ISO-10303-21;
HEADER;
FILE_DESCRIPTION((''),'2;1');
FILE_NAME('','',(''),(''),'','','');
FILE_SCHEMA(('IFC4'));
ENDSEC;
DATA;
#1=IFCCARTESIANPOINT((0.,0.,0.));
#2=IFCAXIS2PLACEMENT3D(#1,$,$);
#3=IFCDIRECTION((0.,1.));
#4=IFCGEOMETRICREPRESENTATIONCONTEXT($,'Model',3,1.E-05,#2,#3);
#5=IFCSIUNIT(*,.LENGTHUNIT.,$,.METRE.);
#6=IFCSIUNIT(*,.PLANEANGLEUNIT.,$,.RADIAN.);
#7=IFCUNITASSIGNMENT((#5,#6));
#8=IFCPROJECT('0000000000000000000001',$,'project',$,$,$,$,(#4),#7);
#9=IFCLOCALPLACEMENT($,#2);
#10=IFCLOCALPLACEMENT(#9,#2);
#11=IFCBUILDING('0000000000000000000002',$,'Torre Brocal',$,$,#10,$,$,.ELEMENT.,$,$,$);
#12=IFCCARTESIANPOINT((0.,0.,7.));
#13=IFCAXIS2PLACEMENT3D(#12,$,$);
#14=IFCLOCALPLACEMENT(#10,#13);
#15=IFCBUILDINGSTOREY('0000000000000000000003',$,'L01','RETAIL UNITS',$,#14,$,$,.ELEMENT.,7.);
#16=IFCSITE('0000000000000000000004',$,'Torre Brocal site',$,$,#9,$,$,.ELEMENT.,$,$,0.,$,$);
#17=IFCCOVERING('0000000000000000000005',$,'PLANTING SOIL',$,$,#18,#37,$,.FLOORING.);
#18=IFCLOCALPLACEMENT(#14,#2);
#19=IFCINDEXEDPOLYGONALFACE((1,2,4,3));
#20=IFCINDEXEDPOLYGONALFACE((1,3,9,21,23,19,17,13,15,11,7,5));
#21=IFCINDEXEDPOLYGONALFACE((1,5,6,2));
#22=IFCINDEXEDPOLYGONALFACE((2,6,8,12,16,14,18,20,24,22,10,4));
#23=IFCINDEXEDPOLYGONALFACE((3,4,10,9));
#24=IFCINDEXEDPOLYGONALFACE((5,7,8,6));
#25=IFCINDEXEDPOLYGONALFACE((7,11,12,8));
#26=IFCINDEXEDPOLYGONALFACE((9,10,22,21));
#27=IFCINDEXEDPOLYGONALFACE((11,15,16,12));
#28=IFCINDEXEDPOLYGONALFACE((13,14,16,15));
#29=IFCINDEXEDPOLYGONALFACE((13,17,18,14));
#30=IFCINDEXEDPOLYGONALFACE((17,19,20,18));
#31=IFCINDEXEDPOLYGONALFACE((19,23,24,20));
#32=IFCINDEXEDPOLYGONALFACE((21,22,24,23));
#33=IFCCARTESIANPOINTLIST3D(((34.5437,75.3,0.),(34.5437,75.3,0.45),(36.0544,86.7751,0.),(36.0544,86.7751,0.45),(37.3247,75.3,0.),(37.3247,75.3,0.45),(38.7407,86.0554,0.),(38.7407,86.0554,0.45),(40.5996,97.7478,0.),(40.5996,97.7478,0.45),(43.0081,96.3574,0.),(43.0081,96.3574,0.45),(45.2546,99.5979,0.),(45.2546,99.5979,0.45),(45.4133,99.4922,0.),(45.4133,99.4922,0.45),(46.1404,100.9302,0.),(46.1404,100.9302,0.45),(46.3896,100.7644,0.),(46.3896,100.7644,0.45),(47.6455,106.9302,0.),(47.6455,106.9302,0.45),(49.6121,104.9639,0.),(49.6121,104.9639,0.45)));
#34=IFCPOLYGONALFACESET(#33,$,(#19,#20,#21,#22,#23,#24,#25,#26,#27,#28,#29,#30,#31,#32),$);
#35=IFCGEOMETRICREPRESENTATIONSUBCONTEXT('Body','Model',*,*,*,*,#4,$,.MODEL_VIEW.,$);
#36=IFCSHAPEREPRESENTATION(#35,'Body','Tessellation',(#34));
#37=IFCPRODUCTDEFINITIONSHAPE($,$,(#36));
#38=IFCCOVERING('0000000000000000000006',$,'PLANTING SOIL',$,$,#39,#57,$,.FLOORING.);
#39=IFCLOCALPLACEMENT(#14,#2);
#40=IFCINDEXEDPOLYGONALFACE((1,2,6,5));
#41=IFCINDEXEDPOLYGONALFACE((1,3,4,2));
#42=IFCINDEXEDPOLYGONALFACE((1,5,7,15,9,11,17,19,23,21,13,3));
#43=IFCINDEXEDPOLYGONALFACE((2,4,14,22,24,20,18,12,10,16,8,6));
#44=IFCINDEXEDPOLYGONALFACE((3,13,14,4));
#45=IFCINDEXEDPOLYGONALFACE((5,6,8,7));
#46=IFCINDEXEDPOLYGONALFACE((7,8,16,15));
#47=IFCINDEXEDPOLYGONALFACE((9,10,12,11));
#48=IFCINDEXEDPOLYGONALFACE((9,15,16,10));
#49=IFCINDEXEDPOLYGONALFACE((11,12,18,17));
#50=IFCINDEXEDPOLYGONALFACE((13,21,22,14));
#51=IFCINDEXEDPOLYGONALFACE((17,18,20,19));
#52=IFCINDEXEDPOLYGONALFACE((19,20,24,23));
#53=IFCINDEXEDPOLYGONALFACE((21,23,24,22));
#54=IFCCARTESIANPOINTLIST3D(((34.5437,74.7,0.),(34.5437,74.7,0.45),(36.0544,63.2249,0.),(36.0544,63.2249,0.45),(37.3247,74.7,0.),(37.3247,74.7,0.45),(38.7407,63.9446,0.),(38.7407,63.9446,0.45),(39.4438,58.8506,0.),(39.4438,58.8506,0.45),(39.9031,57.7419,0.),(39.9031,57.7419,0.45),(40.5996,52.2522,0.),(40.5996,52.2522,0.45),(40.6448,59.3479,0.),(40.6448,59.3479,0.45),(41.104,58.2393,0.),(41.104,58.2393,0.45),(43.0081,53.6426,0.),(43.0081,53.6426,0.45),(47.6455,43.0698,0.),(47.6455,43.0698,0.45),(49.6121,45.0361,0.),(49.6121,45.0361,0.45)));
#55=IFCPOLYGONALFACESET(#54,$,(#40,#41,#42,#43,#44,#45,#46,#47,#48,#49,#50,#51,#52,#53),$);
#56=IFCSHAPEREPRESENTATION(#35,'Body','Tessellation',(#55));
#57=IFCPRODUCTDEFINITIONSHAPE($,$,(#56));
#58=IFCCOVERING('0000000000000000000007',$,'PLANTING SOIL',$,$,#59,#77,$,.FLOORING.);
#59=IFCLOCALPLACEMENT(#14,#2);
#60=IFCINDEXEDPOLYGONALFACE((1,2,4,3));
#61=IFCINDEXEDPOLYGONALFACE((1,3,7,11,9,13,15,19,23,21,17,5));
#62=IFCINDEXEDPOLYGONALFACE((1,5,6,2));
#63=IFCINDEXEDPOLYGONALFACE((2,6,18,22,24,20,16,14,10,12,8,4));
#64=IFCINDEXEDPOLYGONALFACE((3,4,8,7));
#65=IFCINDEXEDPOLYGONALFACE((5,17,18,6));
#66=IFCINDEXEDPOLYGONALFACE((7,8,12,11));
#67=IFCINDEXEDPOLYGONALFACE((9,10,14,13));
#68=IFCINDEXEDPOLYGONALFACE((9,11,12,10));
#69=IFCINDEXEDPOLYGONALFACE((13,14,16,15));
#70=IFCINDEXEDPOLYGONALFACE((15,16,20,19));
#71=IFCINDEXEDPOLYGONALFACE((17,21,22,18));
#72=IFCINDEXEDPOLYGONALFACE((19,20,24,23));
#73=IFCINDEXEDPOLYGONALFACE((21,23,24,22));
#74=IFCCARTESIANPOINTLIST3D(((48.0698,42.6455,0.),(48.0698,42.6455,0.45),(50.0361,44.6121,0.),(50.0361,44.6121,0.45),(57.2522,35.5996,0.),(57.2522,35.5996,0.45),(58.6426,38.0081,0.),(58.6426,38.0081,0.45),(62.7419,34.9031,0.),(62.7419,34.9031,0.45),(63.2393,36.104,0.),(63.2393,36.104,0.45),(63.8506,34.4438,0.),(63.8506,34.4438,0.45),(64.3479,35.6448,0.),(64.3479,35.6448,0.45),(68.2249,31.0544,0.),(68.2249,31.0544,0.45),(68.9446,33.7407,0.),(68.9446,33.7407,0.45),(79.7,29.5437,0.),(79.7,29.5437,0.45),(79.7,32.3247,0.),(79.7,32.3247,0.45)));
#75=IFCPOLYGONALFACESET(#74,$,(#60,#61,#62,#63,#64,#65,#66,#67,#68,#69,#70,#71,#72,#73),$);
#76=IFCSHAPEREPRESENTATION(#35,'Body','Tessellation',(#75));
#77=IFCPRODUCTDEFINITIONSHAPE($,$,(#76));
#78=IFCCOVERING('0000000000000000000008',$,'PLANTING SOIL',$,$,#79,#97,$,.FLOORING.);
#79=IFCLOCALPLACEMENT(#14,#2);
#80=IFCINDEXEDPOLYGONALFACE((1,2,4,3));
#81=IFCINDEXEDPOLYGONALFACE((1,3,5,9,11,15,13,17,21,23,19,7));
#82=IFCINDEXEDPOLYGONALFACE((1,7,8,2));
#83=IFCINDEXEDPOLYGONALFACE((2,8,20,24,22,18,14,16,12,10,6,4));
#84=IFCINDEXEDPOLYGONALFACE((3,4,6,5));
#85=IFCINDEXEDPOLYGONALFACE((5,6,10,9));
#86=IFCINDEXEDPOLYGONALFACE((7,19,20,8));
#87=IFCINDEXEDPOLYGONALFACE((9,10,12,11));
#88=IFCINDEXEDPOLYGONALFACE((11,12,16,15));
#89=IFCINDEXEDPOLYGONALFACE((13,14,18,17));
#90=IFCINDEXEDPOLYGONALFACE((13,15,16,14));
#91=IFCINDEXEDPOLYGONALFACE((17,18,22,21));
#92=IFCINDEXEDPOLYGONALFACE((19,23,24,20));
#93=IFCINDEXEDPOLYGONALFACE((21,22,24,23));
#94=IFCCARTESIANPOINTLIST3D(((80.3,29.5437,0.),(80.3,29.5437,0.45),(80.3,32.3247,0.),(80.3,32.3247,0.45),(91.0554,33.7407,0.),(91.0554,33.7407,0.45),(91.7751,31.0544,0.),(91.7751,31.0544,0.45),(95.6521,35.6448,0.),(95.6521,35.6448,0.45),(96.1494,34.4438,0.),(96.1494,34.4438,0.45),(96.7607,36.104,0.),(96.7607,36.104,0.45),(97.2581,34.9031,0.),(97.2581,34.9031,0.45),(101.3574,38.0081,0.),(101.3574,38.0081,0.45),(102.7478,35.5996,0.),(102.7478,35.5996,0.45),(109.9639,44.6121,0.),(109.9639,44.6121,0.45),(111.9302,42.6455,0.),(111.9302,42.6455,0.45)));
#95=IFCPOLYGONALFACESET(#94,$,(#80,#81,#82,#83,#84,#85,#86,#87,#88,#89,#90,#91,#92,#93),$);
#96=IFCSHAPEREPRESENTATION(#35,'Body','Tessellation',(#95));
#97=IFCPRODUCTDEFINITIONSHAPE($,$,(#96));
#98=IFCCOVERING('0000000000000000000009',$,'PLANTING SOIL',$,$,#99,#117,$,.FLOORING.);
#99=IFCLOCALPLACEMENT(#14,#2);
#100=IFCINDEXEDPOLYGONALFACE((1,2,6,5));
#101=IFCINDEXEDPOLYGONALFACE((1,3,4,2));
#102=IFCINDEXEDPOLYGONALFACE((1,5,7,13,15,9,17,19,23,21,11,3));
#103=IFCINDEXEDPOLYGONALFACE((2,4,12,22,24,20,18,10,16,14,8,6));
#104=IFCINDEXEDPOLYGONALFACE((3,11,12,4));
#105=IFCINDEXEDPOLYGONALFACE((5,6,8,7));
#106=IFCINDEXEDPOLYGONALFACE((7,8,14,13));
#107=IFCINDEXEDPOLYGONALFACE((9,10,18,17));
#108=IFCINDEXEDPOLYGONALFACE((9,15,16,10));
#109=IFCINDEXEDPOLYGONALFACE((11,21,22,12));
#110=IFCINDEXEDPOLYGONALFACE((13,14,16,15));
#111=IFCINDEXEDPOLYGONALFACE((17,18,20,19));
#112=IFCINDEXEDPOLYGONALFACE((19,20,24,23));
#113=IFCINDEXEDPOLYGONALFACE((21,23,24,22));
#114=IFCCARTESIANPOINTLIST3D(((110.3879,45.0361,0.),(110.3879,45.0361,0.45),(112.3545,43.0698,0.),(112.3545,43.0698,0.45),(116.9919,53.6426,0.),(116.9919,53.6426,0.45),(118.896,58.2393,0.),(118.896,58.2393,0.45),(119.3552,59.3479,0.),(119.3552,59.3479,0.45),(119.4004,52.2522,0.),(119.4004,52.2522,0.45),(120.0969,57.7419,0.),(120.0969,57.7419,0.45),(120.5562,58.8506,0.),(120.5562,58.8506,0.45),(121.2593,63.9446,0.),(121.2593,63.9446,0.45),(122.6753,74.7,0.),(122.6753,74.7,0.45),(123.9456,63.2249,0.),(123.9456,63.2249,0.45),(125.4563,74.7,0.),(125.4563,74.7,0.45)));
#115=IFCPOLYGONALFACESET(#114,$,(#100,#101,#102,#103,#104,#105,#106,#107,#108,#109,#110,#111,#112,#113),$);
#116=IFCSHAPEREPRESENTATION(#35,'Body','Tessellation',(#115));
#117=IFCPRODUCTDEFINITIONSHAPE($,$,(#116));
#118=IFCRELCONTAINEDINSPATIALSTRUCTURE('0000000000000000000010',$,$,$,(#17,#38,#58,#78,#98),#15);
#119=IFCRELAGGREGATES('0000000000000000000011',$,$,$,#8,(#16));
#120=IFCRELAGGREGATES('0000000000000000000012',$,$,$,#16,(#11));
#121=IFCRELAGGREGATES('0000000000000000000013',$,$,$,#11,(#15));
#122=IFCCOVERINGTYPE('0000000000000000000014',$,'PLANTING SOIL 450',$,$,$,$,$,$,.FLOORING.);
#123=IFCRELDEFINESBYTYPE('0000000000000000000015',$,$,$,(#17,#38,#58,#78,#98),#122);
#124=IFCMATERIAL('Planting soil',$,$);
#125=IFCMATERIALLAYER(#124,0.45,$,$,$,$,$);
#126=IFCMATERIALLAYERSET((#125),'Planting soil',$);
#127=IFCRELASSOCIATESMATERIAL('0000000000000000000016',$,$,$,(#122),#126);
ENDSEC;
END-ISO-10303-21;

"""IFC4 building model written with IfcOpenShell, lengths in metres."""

from ifc_helpers import new_model, si_unit, direction, frame, origin, place, context, subcontext, project, spatial, polyline, outline, extrude, material, layer, layer_set, type_object, element, save


model = new_model("IFC4")

# Units and contexts
model_context = context("Model", 3, precision=1e-05, world=origin(), true_north=direction((0.0, 1.0)))
body_context = subcontext(model_context, "Body", "Model", "MODEL_VIEW")
ifc_project = project(units=[si_unit("LENGTHUNIT", "METRE"), si_unit("PLANEANGLEUNIT", "RADIAN")], contexts=[model_context])

# Site, building, storey
site_placement = place(None, origin())
site = spatial("IfcSite", under=ifc_project, at=site_placement, Name="Torre Brocal site", CompositionType="ELEMENT", RefElevation=0.0)
building_placement = place(site_placement, origin())
building = spatial("IfcBuilding", under=site, at=building_placement, Name="Torre Brocal", CompositionType="ELEMENT")
storey_placement = place(building_placement, frame((0.0, 0.0, 7.0)))
storey = spatial("IfcBuildingStorey", under=building, at=storey_placement, Name="L01", Description="RETAIL UNITS", CompositionType="ELEMENT", Elevation=7.0)

# Coverings
ifc_material_1 = material(Name="Planting soil")
ifc_layer_1 = layer(ifc_material_1, 0.45)
ifc_layer_set_1 = layer_set([ifc_layer_1], Name="Planting soil")
covering_type = type_object("IfcCoveringType", Name="PLANTING SOIL 450", PredefinedType="FLOORING", material=ifc_layer_set_1)
covering_1_placement = place(storey_placement, origin())
element("IfcCovering", 1, at=covering_1_placement, inside=storey, type_object=covering_type, Name="PLANTING SOIL", PredefinedType="FLOORING", context=body_context, shape_type="SweptSolid", body=[
    extrude(outline(polyline([(47.6455, 106.9302), (49.6121, 104.9639), (46.3896, 100.7644), (46.1404, 100.9302), (45.2546, 99.5979), (45.4133, 99.4922), (43.0081, 96.3574), (38.7407, 86.0554), (37.3247, 75.3), (34.5437, 75.3), (36.0544, 86.7751), (40.5996, 97.7478), (47.6455, 106.9302)])), origin(), (0.0, 0.0, 1.0), 0.45),
])
covering_2_placement = place(storey_placement, origin())
element("IfcCovering", 2, at=covering_2_placement, inside=storey, type_object=covering_type, Name="PLANTING SOIL", PredefinedType="FLOORING", context=body_context, shape_type="SweptSolid", body=[
    extrude(outline(polyline([(34.5437, 74.7), (37.3247, 74.7), (38.7407, 63.9446), (40.6448, 59.3479), (39.4438, 58.8506), (39.9031, 57.7419), (41.104, 58.2393), (43.0081, 53.6426), (49.6121, 45.0361), (47.6455, 43.0698), (40.5996, 52.2522), (36.0544, 63.2249), (34.5437, 74.7)])), origin(), (0.0, 0.0, 1.0), 0.45),
])
covering_3_placement = place(storey_placement, origin())
element("IfcCovering", 3, at=covering_3_placement, inside=storey, type_object=covering_type, Name="PLANTING SOIL", PredefinedType="FLOORING", context=body_context, shape_type="SweptSolid", body=[
    extrude(outline(polyline([(48.0698, 42.6455), (50.0361, 44.6121), (58.6426, 38.0081), (63.2393, 36.104), (62.7419, 34.9031), (63.8506, 34.4438), (64.3479, 35.6448), (68.9446, 33.7407), (79.7, 32.3247), (79.7, 29.5437), (68.2249, 31.0544), (57.2522, 35.5996), (48.0698, 42.6455)])), origin(), (0.0, 0.0, 1.0), 0.45),
])
covering_4_placement = place(storey_placement, origin())
element("IfcCovering", 4, at=covering_4_placement, inside=storey, type_object=covering_type, Name="PLANTING SOIL", PredefinedType="FLOORING", context=body_context, shape_type="SweptSolid", body=[
    extrude(outline(polyline([(80.3, 29.5437), (80.3, 32.3247), (91.0554, 33.7407), (95.6521, 35.6448), (96.1494, 34.4438), (97.2581, 34.9031), (96.7607, 36.104), (101.3574, 38.0081), (109.9639, 44.6121), (111.9302, 42.6455), (102.7478, 35.5996), (91.7751, 31.0544), (80.3, 29.5437)])), origin(), (0.0, 0.0, 1.0), 0.45),
])
covering_5_placement = place(storey_placement, origin())
element("IfcCovering", 5, at=covering_5_placement, inside=storey, type_object=covering_type, Name="PLANTING SOIL", PredefinedType="FLOORING", context=body_context, shape_type="SweptSolid", body=[
    extrude(outline(polyline([(116.9919, 53.6426), (118.896, 58.2393), (120.0969, 57.7419), (120.5562, 58.8506), (119.3552, 59.3479), (121.2593, 63.9446), (122.6753, 74.7), (125.4563, 74.7), (123.9456, 63.2249), (119.4004, 52.2522), (112.3545, 43.0698), (110.3879, 45.0361), (116.9919, 53.6426)])), origin(), (0.0, 0.0, 1.0), 0.45),
])

save(model, "model.ifc")
